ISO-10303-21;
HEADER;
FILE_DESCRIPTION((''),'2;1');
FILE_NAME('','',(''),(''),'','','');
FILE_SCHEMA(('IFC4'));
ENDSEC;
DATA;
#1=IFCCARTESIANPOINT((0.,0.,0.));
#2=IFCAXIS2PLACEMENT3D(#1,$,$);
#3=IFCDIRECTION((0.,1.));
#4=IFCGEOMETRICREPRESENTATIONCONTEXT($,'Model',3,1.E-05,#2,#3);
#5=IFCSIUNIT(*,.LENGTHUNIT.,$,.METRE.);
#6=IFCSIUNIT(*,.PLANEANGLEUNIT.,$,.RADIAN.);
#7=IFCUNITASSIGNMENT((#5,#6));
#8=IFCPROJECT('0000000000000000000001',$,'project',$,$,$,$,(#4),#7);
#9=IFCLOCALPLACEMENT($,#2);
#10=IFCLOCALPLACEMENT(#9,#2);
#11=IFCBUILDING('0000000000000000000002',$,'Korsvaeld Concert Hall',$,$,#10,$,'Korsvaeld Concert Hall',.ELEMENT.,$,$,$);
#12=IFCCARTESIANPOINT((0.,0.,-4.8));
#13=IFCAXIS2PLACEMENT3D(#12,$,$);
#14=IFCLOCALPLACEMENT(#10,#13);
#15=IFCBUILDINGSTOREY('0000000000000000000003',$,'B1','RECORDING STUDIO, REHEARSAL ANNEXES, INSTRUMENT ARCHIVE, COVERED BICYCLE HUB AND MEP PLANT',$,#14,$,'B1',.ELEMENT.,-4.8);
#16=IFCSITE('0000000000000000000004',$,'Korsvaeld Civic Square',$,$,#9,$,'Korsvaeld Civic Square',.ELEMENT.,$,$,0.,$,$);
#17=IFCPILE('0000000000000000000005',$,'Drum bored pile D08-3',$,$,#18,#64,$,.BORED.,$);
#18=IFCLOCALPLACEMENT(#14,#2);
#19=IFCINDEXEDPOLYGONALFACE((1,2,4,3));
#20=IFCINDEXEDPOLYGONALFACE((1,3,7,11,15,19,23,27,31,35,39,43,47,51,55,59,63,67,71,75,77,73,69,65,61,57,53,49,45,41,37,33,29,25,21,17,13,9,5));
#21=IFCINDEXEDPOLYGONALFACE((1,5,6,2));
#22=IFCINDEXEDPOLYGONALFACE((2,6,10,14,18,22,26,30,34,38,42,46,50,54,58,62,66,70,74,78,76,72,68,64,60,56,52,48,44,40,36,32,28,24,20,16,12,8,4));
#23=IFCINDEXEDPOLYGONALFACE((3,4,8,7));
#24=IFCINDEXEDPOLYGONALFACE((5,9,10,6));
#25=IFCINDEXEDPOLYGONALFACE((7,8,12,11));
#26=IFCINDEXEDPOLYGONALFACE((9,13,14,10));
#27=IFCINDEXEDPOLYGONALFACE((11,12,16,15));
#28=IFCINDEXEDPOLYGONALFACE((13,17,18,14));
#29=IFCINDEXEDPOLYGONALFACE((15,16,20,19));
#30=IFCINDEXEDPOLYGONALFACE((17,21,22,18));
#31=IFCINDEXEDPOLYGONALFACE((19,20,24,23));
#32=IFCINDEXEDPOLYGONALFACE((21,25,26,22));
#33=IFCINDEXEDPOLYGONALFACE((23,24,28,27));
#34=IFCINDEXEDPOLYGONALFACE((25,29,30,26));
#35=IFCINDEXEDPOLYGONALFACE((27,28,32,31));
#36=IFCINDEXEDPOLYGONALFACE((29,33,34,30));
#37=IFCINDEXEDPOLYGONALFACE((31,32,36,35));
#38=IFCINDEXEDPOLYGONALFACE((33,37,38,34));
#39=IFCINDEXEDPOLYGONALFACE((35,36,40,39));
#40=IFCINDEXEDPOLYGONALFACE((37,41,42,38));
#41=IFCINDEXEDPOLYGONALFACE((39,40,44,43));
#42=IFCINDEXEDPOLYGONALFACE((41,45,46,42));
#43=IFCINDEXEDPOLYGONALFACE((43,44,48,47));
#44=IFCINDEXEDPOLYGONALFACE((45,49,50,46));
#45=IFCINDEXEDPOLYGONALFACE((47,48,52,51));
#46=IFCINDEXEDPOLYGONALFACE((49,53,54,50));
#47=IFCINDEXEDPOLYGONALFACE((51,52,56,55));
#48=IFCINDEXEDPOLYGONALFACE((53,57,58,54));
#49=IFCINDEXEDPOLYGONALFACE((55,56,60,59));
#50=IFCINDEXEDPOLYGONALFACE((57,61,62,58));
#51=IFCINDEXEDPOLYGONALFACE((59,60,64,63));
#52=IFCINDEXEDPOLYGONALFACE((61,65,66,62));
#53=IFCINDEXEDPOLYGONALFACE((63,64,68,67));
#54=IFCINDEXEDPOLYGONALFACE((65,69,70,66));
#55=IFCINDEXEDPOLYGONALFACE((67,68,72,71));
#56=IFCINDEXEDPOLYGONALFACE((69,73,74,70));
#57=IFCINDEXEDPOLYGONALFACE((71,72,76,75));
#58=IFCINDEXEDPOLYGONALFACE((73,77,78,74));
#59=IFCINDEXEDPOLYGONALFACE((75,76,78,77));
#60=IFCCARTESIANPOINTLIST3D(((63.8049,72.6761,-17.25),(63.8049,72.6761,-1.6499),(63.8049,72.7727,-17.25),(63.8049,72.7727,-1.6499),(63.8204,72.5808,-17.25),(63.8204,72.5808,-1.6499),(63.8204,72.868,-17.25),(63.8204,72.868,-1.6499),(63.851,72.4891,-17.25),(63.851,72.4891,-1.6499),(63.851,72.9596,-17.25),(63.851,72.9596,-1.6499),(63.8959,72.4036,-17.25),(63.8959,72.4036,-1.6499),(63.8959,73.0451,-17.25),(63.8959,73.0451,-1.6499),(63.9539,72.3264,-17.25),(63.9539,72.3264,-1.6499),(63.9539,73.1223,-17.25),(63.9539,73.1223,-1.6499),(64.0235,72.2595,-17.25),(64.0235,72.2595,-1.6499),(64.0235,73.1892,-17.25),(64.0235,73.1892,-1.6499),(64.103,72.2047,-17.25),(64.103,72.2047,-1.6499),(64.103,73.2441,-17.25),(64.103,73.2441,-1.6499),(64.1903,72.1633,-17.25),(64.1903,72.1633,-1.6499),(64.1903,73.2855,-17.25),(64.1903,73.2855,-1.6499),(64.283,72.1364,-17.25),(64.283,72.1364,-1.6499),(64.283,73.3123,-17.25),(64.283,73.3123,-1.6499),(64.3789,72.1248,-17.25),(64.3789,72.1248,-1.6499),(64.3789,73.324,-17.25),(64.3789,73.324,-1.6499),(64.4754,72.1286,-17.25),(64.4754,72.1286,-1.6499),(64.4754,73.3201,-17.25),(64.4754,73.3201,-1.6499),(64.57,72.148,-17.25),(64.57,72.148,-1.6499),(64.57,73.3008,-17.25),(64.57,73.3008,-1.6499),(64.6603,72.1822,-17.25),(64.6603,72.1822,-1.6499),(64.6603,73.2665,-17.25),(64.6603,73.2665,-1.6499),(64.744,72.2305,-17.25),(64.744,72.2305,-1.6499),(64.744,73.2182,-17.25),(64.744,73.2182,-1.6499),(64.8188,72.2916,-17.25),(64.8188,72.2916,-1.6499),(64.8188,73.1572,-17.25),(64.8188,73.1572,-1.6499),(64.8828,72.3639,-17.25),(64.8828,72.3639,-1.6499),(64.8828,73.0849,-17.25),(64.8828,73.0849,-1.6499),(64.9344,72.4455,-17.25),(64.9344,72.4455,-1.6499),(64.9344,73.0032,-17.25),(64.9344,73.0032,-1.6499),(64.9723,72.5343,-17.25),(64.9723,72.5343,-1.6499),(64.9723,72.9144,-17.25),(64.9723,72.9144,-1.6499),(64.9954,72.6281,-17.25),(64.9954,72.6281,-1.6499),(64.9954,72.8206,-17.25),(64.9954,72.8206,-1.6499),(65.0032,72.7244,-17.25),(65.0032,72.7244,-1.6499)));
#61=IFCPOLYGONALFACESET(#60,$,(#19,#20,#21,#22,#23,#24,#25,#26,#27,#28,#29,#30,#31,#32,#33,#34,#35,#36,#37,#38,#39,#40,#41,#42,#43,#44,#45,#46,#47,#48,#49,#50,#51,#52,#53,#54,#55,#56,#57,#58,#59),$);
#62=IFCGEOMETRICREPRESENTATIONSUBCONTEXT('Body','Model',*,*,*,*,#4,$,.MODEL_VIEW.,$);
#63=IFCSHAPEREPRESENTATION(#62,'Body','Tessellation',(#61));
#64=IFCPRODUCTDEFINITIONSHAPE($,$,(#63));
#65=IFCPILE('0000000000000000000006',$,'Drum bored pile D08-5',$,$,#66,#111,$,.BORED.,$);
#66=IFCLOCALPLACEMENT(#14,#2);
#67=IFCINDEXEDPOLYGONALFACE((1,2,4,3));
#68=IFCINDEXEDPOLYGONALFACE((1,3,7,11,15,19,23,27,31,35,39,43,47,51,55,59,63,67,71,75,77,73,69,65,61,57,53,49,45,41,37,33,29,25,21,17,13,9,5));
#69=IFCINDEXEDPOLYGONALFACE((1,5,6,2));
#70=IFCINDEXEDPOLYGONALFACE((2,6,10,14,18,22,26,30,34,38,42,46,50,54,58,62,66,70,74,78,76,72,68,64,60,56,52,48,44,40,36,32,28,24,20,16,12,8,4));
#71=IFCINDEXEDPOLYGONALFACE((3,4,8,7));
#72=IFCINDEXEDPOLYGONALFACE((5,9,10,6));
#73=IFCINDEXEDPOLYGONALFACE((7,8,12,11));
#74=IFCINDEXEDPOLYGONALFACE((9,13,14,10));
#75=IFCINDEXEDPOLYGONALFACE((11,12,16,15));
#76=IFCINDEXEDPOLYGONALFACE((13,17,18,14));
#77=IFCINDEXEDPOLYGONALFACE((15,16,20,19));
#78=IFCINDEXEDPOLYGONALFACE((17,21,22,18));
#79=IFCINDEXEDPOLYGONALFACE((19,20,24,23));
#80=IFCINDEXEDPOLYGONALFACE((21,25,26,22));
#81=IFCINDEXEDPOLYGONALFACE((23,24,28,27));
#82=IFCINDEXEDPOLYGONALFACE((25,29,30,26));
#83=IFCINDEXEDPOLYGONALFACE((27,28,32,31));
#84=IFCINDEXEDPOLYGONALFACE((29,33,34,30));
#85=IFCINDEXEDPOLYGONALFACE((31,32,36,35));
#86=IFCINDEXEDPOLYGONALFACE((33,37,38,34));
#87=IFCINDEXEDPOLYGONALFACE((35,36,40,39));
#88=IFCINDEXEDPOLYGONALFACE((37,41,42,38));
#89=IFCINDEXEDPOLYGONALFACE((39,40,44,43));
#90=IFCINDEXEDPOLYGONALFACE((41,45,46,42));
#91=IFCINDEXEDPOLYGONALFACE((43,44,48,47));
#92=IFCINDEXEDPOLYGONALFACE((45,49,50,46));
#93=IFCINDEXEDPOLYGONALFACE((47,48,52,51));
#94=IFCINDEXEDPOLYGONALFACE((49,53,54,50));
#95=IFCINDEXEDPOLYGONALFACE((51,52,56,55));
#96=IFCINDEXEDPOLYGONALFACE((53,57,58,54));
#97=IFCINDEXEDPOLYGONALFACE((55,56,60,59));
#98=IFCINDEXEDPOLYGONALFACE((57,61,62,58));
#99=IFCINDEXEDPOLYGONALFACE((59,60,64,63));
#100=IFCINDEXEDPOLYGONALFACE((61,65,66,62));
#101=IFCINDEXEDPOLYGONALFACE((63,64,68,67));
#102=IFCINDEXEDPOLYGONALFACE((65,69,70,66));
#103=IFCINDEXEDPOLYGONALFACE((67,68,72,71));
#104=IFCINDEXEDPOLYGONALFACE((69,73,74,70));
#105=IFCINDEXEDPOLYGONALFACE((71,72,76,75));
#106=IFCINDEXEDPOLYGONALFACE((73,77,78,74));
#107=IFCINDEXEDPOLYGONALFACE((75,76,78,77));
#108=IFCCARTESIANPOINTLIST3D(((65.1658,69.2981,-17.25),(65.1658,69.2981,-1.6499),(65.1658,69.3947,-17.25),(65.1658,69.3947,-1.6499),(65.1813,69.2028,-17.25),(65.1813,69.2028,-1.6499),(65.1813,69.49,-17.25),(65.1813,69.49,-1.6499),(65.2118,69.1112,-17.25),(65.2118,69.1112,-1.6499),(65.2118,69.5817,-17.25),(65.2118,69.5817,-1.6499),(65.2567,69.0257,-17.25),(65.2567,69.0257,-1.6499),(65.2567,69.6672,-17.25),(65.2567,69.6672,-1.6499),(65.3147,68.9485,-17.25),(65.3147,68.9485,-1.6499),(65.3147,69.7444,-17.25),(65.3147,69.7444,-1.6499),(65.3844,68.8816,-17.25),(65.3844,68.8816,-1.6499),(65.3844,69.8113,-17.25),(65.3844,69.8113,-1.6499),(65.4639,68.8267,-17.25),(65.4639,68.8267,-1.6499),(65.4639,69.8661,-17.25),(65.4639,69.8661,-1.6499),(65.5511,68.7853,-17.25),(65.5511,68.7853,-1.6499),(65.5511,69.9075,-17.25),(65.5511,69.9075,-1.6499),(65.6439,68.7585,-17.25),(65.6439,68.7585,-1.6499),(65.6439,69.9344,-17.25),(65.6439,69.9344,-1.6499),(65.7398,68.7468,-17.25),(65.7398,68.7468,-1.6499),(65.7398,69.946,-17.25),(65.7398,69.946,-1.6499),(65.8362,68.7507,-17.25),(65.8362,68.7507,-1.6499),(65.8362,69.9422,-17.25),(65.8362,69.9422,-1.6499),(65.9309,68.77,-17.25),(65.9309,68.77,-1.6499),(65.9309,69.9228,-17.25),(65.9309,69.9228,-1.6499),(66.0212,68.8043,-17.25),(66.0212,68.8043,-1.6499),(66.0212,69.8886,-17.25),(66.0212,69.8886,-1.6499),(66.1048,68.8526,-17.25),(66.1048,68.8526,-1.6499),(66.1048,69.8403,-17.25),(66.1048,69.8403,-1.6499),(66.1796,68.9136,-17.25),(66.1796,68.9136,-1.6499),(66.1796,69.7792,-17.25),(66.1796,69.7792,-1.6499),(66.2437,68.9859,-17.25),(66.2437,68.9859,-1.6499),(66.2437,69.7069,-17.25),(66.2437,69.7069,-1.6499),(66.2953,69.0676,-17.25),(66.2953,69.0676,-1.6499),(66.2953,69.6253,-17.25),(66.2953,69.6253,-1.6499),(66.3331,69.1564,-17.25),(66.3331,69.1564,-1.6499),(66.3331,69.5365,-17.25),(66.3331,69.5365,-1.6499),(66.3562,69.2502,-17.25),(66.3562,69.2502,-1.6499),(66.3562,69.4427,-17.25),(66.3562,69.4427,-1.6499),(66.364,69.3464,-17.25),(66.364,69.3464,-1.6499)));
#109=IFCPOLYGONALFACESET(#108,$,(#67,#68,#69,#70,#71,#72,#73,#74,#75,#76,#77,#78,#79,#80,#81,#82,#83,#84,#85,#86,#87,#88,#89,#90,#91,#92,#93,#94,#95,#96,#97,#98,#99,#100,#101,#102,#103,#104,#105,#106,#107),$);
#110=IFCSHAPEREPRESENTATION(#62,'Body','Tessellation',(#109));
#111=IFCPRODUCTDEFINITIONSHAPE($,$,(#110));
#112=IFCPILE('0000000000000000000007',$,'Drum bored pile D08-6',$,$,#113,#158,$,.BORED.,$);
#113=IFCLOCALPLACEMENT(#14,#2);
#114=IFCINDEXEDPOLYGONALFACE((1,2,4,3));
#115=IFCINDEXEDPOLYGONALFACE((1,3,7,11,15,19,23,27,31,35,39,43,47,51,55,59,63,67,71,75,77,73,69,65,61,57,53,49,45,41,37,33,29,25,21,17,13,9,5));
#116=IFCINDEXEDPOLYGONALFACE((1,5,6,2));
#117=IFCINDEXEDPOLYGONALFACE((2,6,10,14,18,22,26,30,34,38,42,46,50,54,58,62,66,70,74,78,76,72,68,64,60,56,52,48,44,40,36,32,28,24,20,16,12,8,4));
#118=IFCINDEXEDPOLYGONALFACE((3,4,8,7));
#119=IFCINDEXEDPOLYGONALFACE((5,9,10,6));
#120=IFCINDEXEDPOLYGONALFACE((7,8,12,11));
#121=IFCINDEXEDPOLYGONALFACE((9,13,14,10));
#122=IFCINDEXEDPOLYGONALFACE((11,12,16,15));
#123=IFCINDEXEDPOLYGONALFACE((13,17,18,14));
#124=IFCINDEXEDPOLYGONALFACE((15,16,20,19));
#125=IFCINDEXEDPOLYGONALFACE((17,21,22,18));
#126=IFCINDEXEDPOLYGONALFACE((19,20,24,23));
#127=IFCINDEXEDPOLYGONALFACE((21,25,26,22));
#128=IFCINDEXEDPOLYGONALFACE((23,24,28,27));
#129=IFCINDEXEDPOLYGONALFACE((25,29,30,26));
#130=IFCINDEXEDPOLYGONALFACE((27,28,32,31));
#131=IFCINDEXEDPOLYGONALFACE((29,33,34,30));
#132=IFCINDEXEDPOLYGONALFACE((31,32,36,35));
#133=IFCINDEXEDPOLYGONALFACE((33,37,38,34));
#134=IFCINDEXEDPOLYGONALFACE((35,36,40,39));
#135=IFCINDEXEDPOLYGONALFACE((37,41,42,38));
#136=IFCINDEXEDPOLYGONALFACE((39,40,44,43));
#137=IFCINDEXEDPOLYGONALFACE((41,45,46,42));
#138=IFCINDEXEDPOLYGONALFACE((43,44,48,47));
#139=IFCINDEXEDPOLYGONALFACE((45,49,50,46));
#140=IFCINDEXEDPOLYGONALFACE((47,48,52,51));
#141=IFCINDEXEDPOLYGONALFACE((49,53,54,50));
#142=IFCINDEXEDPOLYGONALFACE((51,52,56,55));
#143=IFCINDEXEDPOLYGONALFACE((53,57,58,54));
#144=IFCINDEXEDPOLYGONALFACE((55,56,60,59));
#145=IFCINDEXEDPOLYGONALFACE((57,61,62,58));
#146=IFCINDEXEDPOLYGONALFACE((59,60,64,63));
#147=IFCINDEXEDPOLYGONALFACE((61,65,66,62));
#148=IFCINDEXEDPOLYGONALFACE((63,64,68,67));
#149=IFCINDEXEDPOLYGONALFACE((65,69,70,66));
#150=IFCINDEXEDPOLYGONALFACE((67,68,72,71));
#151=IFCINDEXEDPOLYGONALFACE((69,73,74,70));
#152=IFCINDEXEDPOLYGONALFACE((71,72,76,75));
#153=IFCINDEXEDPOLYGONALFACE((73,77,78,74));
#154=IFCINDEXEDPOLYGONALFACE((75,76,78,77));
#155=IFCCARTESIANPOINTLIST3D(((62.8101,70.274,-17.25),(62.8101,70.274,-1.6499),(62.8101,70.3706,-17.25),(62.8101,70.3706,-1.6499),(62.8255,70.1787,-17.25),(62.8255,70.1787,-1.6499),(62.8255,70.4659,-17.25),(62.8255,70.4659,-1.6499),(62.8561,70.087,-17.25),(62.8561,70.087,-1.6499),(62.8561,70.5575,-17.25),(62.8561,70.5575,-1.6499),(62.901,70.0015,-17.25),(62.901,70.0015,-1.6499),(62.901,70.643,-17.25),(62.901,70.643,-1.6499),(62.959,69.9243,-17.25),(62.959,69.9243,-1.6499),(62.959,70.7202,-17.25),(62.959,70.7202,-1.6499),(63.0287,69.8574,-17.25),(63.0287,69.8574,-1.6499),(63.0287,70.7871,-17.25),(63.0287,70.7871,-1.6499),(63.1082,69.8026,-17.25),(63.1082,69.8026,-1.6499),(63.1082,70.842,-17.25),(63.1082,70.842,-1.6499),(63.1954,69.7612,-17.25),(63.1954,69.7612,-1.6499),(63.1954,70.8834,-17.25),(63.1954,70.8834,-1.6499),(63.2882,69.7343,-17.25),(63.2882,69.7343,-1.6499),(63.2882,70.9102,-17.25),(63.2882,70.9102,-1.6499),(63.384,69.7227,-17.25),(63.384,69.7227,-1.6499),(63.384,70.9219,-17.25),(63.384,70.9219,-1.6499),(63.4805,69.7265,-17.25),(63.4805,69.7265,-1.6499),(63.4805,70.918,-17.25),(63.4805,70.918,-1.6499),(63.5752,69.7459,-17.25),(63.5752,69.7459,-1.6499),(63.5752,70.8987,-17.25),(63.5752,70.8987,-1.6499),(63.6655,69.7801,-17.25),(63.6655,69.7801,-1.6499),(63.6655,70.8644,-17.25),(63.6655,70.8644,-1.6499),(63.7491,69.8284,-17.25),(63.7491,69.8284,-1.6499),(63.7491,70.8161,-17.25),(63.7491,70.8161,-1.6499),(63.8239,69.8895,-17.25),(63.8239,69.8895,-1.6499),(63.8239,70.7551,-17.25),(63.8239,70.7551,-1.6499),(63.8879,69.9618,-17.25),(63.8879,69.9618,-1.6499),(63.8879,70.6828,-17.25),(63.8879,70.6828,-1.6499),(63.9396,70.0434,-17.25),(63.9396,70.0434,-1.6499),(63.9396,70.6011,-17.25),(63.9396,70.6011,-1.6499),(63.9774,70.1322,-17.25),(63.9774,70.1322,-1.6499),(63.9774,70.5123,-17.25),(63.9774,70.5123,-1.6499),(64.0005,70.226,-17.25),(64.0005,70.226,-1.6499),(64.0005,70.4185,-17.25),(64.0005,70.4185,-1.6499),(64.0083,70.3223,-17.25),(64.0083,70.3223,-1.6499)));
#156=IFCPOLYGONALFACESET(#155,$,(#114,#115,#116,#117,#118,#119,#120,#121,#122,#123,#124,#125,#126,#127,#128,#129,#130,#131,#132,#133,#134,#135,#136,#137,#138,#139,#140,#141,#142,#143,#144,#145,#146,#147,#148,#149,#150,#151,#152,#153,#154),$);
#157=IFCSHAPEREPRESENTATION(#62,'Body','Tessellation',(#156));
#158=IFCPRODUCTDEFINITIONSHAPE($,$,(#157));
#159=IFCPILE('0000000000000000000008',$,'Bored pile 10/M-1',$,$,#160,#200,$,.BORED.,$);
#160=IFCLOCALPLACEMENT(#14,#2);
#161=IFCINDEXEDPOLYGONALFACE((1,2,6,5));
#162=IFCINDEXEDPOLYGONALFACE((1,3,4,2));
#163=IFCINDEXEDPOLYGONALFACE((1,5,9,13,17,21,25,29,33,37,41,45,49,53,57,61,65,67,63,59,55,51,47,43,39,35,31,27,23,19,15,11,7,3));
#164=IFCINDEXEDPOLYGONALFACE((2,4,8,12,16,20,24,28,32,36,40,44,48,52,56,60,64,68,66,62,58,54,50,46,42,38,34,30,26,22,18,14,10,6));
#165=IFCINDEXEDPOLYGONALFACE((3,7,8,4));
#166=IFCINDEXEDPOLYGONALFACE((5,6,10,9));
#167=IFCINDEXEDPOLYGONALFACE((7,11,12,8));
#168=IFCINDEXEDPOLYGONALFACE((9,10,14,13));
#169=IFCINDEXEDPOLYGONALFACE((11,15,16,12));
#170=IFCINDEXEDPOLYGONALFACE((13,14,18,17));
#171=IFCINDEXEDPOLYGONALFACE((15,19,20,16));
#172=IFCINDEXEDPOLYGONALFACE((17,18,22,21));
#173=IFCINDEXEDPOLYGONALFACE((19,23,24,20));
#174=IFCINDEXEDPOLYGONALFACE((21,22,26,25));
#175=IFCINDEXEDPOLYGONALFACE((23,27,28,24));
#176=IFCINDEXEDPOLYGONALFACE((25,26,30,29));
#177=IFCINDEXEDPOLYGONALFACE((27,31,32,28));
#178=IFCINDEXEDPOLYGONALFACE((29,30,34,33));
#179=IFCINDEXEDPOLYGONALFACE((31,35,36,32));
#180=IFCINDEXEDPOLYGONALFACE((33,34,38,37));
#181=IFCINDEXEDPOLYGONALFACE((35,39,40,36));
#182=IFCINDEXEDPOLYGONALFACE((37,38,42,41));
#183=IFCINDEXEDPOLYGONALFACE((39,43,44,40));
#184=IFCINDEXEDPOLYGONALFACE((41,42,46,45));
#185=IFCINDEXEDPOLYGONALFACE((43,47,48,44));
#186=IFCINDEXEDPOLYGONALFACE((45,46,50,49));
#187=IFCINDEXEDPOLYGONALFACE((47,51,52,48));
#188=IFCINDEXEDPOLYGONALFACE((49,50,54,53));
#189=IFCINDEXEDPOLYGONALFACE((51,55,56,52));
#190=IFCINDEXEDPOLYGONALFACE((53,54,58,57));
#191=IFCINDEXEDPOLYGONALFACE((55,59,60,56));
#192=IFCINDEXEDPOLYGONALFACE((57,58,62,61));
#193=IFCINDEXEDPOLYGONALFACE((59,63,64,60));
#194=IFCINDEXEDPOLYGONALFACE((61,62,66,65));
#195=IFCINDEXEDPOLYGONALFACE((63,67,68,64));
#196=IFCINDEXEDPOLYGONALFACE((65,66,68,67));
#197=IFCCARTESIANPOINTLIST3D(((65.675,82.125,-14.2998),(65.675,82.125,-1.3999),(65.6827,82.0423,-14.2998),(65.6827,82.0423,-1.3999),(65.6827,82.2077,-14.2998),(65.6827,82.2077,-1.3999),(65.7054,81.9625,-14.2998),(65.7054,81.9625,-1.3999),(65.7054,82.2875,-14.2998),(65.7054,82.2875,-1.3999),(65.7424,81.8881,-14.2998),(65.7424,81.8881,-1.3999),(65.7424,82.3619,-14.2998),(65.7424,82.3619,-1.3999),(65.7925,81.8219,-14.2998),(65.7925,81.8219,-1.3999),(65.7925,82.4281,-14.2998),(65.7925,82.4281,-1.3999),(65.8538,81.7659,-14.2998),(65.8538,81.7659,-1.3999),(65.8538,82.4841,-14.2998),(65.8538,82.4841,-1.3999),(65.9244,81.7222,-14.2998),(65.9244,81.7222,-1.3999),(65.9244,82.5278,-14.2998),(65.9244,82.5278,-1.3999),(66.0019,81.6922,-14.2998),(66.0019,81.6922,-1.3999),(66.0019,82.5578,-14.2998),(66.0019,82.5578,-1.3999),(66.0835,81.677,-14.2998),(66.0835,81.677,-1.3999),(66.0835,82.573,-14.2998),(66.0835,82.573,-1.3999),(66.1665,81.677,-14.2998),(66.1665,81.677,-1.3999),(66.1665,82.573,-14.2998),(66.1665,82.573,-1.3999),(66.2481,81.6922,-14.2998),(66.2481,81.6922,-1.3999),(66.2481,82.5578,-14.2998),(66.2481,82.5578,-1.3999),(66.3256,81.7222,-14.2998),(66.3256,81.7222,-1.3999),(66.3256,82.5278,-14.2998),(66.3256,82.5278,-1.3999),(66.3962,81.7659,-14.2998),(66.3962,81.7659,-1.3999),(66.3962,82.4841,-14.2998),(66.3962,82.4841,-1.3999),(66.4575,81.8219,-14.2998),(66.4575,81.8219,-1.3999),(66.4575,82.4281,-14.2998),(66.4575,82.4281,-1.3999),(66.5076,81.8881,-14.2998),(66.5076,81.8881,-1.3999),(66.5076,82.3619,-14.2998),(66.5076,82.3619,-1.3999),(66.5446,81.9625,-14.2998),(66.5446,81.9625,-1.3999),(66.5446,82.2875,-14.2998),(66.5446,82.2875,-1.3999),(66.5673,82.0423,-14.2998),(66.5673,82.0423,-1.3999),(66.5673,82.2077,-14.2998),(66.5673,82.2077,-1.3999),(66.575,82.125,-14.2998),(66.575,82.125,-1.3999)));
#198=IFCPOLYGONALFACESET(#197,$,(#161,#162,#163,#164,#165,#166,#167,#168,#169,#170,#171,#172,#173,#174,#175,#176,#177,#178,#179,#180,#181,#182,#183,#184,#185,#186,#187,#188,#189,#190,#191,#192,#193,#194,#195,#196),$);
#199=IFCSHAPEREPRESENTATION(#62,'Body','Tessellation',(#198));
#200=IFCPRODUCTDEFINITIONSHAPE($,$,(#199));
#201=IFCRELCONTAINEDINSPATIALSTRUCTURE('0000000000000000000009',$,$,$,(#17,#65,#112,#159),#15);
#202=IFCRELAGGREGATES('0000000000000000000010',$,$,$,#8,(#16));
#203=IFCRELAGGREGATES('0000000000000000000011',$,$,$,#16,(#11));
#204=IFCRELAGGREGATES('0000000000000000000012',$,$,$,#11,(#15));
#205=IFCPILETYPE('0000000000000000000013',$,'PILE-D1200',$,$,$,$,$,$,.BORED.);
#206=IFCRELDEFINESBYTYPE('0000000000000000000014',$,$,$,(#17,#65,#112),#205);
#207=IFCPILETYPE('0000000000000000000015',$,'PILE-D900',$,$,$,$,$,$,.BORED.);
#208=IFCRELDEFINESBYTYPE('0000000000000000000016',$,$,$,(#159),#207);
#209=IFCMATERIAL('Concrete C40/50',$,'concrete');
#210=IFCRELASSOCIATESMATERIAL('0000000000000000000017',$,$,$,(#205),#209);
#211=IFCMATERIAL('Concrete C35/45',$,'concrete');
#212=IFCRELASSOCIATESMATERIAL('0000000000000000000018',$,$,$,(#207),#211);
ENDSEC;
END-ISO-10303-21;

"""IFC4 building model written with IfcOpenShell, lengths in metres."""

from ifc_helpers import new_model, si_unit, direction, frame, origin, origin_2d, place, context, subcontext, project, spatial, circle, extrude, material, material_profile, profile_set, type_object, element, save


model = new_model("IFC4")

# Units and contexts
model_context = context("Model", 3, precision=1e-05, world=origin(), true_north=direction((0.0, 1.0)))
body_context = subcontext(model_context, "Body", "Model", "MODEL_VIEW")
ifc_project = project(units=[si_unit("LENGTHUNIT", "METRE"), si_unit("PLANEANGLEUNIT", "RADIAN")], contexts=[model_context])

# Site, building, storey
site_placement = place(None, origin())
site = spatial("IfcSite", under=ifc_project, at=site_placement, Name="Korsvaeld Civic Square", LongName="Korsvaeld Civic Square", CompositionType="ELEMENT", RefElevation=0.0)
building_placement = place(site_placement, origin())
building = spatial("IfcBuilding", under=site, at=building_placement, Name="Korsvaeld Concert Hall", LongName="Korsvaeld Concert Hall", CompositionType="ELEMENT")
storey_placement = place(building_placement, frame((0.0, 0.0, -4.8)))
storey = spatial("IfcBuildingStorey", under=building, at=storey_placement, Name="B1", Description="RECORDING STUDIO, REHEARSAL ANNEXES, INSTRUMENT ARCHIVE, COVERED BICYCLE HUB AND MEP PLANT", LongName="B1", CompositionType="ELEMENT", Elevation=-4.8)

# Shared definitions
ifc_material_1 = material(Name="Concrete C35/45", Category="concrete")

# Piles
ifc_material_2 = material(Name="Concrete C40/50", Category="concrete")
ifc_material_profile_1 = material_profile(ifc_material_2, circle(Radius=0.6001, at=origin_2d()), Name="BORED PILE D1200")
ifc_profile_set_1 = profile_set([ifc_material_profile_1], Name="Concrete C40/50")
pile_type_1 = type_object("IfcPileType", Name="PILE-D1200", PredefinedType="BORED", material=ifc_profile_set_1)
for number, where, z_axis, x_axis, name in (
    (1, (64.4031, 72.7244, -1.6499), (0.0, 0.0, -1.0), (1.0, 0.0, 0.0), "Drum bored pile D08-3"),
    (2, (65.7639, 69.3464, -1.6499), (0.0, 0.0, -1.0), (1.0, 0.0, 0.0), "Drum bored pile D08-5"),
    (3, (63.4082, 70.3223, -1.6499), (0.0, 0.0, -1.0), (1.0, 0.0, 0.0), "Drum bored pile D08-6"),
):
    element("IfcPile", number, at=place(storey_placement, frame(where, z_axis=z_axis, x_axis=x_axis)), inside=storey, type_object=pile_type_1, Name=name, PredefinedType="BORED", context=body_context, shape_type="SweptSolid", body=[
        extrude(circle(Radius=0.6001, at=origin_2d()), origin(), (0.0, 0.0, 1.0), 15.6001),
    ])
ifc_material_profile_2 = material_profile(ifc_material_1, circle(Radius=0.45, at=origin_2d()), Name="BORED PILE D900")
ifc_profile_set_2 = profile_set([ifc_material_profile_2], Name="Concrete C35/45")
pile_type_2 = type_object("IfcPileType", Name="PILE-D900", PredefinedType="BORED", material=ifc_profile_set_2)
pile_1_placement = place(storey_placement, frame((66.125, 82.125, -1.3999), z_axis=(0.0, 0.0, -1.0), x_axis=(1.0, 0.0, 0.0)))
element("IfcPile", 4, at=pile_1_placement, inside=storey, type_object=pile_type_2, Name="Bored pile 10/M-1", PredefinedType="BORED", context=body_context, shape_type="SweptSolid", body=[
    extrude(circle(Radius=0.45, at=origin_2d()), origin(), (0.0, 0.0, 1.0), 12.8999),
])

save(model, "model.ifc")
